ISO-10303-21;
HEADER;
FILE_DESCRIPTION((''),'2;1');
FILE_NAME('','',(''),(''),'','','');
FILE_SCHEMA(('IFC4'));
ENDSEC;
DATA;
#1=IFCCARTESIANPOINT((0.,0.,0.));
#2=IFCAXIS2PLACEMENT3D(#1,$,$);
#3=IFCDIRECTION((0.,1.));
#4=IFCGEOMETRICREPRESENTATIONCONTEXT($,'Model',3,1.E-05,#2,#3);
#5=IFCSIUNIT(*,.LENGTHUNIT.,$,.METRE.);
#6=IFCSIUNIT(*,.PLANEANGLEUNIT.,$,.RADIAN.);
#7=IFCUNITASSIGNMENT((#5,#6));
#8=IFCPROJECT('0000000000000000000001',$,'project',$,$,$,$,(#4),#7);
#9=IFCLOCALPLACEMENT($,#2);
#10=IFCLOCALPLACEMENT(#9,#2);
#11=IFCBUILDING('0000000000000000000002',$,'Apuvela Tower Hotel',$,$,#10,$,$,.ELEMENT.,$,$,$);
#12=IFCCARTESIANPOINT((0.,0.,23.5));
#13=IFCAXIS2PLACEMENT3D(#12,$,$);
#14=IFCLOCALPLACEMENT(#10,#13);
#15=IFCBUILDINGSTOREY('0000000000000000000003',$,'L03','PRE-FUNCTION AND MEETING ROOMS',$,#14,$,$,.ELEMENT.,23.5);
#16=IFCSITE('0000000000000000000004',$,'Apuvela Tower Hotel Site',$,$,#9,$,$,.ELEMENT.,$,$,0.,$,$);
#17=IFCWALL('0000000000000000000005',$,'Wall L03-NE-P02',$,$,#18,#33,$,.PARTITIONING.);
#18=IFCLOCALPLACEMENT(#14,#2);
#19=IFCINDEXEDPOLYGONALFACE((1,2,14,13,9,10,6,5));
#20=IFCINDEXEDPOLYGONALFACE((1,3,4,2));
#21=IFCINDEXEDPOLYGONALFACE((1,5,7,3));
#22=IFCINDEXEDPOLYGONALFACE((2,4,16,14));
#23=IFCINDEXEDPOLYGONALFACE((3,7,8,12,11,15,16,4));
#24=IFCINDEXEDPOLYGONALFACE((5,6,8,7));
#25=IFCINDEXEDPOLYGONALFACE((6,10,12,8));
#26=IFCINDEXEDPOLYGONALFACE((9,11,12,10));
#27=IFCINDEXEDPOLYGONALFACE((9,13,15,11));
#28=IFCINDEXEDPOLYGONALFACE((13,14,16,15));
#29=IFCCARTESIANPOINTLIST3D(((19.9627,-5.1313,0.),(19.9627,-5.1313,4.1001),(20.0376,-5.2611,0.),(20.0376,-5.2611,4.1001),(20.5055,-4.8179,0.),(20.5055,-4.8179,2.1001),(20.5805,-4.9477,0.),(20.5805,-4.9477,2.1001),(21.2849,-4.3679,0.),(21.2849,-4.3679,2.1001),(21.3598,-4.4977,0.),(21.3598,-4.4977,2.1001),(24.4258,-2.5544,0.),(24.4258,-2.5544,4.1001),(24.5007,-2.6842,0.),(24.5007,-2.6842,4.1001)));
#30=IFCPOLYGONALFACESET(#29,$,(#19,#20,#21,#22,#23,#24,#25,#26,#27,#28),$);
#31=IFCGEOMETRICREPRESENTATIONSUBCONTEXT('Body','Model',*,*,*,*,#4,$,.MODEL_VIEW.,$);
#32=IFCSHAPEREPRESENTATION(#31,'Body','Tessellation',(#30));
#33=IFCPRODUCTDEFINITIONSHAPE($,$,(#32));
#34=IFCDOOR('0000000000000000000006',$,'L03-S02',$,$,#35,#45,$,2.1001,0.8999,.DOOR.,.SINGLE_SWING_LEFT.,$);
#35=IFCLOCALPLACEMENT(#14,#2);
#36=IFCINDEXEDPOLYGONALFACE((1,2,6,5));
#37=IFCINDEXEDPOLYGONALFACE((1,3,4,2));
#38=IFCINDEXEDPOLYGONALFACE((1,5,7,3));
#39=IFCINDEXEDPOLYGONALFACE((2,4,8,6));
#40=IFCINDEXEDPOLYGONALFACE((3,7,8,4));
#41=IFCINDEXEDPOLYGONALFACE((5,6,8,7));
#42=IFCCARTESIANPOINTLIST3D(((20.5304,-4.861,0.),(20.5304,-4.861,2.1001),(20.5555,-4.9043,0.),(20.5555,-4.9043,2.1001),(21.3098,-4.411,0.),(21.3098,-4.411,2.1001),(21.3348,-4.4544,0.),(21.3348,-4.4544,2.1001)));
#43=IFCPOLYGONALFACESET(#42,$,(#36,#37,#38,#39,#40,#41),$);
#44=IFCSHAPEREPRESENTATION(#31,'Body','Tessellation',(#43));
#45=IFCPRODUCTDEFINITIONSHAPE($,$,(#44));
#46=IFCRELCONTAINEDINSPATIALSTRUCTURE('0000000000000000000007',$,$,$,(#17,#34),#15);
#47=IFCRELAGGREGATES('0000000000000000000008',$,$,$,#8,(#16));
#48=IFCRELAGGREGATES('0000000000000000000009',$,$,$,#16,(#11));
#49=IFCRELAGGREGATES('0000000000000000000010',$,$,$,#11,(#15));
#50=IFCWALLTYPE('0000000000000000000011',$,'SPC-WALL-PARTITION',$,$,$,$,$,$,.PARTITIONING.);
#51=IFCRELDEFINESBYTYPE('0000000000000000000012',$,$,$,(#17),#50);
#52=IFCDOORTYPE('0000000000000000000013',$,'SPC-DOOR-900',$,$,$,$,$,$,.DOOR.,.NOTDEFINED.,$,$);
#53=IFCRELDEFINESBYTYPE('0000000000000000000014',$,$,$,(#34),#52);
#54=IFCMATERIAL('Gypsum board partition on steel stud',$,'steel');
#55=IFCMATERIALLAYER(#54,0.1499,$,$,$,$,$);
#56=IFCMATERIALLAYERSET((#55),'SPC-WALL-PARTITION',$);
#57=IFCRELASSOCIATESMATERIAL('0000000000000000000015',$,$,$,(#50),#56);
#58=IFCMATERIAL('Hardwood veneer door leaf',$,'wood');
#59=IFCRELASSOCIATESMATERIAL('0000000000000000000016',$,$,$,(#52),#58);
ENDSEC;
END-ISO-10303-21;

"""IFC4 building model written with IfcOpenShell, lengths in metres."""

from ifc_helpers import new_model, si_unit, direction, frame, frame_2d, origin, place, context, subcontext, project, spatial, rectangle, extrude, material, layer, layer_set, type_object, element, fill, save


model = new_model("IFC4")

# Units and contexts
model_context = context("Model", 3, precision=1e-05, world=origin(), true_north=direction((0.0, 1.0)))
body_context = subcontext(model_context, "Body", "Model", "MODEL_VIEW")
ifc_project = project(units=[si_unit("LENGTHUNIT", "METRE"), si_unit("PLANEANGLEUNIT", "RADIAN")], contexts=[model_context])

# Site, building, storey
site_placement = place(None, origin())
site = spatial("IfcSite", under=ifc_project, at=site_placement, Name="Apuvela Tower Hotel Site", CompositionType="ELEMENT", RefElevation=0.0)
building_placement = place(site_placement, origin())
building = spatial("IfcBuilding", under=site, at=building_placement, Name="Apuvela Tower Hotel", CompositionType="ELEMENT")
storey_placement = place(building_placement, frame((0.0, 0.0, 23.5)))
storey = spatial("IfcBuildingStorey", under=building, at=storey_placement, Name="L03", Description="PRE-FUNCTION AND MEETING ROOMS", CompositionType="ELEMENT", Elevation=23.5)

# Wall, opening, door
ifc_material_1 = material(Name="Gypsum board partition on steel stud", Category="steel")
ifc_layer_1 = layer(ifc_material_1, 0.1499)
ifc_layer_set_1 = layer_set([ifc_layer_1], Name="SPC-WALL-PARTITION")
wall_type_1 = type_object("IfcWallType", Name="SPC-WALL-PARTITION", PredefinedType="PARTITIONING", material=ifc_layer_set_1)
wall_1_placement = place(storey_placement, frame((24.4631, -2.6194, 0.0), z_axis=(0.0, 0.0, 1.0), x_axis=(-0.866016, -0.500016, 0.0)))
wall_1 = element("IfcWall", 1, at=wall_1_placement, inside=storey, type_object=wall_type_1, Name="Wall L03-NE-P02", PredefinedType="PARTITIONING", context=body_context, shape_type="SweptSolid", body=[
    extrude(rectangle(XDim=5.1536, YDim=0.1499, at=frame_2d((2.5767, 0.0))), origin(), (0.0, 0.0, 1.0), 4.1001),
])
opening_placement = place(wall_1_placement, frame((3.6267, 0.0, 0.0)))
opening = element("IfcOpeningElement", 2, at=opening_placement, cuts=wall_1, PredefinedType="OPENING", context=body_context, shape_type="SweptSolid", body=[
    extrude(rectangle(XDim=0.8999, YDim=2.1001, at=frame_2d((0.45, 1.05))), frame((0.0, 0.085, 0.0), z_axis=(0.0, -1.0, 0.0), x_axis=(1.0, 0.0, 0.0)), (0.0, 0.0, 1.0), 0.1699),
])
ifc_material_2 = material(Name="Hardwood veneer door leaf", Category="wood")
door_type = type_object("IfcDoorType", Name="SPC-DOOR-900", OperationType="NOTDEFINED", PredefinedType="DOOR", material=ifc_material_2)
door_placement = place(opening_placement, origin())
door = element("IfcDoor", 3, at=door_placement, inside=storey, type_object=door_type, Name="L03-S02", OperationType="SINGLE_SWING_LEFT", OverallHeight=2.1001, OverallWidth=0.8999, PredefinedType="DOOR", context=body_context, shape_type="SweptSolid", body=[
    extrude(rectangle(XDim=0.8999, YDim=2.1001, at=frame_2d((0.45, 1.05))), frame((0.0, 0.0249, 0.0), z_axis=(0.0, -1.0, 0.0), x_axis=(1.0, 0.0, 0.0)), (0.0, 0.0, 1.0), 0.05),
])
fill(opening, door)

save(model, "model.ifc")
